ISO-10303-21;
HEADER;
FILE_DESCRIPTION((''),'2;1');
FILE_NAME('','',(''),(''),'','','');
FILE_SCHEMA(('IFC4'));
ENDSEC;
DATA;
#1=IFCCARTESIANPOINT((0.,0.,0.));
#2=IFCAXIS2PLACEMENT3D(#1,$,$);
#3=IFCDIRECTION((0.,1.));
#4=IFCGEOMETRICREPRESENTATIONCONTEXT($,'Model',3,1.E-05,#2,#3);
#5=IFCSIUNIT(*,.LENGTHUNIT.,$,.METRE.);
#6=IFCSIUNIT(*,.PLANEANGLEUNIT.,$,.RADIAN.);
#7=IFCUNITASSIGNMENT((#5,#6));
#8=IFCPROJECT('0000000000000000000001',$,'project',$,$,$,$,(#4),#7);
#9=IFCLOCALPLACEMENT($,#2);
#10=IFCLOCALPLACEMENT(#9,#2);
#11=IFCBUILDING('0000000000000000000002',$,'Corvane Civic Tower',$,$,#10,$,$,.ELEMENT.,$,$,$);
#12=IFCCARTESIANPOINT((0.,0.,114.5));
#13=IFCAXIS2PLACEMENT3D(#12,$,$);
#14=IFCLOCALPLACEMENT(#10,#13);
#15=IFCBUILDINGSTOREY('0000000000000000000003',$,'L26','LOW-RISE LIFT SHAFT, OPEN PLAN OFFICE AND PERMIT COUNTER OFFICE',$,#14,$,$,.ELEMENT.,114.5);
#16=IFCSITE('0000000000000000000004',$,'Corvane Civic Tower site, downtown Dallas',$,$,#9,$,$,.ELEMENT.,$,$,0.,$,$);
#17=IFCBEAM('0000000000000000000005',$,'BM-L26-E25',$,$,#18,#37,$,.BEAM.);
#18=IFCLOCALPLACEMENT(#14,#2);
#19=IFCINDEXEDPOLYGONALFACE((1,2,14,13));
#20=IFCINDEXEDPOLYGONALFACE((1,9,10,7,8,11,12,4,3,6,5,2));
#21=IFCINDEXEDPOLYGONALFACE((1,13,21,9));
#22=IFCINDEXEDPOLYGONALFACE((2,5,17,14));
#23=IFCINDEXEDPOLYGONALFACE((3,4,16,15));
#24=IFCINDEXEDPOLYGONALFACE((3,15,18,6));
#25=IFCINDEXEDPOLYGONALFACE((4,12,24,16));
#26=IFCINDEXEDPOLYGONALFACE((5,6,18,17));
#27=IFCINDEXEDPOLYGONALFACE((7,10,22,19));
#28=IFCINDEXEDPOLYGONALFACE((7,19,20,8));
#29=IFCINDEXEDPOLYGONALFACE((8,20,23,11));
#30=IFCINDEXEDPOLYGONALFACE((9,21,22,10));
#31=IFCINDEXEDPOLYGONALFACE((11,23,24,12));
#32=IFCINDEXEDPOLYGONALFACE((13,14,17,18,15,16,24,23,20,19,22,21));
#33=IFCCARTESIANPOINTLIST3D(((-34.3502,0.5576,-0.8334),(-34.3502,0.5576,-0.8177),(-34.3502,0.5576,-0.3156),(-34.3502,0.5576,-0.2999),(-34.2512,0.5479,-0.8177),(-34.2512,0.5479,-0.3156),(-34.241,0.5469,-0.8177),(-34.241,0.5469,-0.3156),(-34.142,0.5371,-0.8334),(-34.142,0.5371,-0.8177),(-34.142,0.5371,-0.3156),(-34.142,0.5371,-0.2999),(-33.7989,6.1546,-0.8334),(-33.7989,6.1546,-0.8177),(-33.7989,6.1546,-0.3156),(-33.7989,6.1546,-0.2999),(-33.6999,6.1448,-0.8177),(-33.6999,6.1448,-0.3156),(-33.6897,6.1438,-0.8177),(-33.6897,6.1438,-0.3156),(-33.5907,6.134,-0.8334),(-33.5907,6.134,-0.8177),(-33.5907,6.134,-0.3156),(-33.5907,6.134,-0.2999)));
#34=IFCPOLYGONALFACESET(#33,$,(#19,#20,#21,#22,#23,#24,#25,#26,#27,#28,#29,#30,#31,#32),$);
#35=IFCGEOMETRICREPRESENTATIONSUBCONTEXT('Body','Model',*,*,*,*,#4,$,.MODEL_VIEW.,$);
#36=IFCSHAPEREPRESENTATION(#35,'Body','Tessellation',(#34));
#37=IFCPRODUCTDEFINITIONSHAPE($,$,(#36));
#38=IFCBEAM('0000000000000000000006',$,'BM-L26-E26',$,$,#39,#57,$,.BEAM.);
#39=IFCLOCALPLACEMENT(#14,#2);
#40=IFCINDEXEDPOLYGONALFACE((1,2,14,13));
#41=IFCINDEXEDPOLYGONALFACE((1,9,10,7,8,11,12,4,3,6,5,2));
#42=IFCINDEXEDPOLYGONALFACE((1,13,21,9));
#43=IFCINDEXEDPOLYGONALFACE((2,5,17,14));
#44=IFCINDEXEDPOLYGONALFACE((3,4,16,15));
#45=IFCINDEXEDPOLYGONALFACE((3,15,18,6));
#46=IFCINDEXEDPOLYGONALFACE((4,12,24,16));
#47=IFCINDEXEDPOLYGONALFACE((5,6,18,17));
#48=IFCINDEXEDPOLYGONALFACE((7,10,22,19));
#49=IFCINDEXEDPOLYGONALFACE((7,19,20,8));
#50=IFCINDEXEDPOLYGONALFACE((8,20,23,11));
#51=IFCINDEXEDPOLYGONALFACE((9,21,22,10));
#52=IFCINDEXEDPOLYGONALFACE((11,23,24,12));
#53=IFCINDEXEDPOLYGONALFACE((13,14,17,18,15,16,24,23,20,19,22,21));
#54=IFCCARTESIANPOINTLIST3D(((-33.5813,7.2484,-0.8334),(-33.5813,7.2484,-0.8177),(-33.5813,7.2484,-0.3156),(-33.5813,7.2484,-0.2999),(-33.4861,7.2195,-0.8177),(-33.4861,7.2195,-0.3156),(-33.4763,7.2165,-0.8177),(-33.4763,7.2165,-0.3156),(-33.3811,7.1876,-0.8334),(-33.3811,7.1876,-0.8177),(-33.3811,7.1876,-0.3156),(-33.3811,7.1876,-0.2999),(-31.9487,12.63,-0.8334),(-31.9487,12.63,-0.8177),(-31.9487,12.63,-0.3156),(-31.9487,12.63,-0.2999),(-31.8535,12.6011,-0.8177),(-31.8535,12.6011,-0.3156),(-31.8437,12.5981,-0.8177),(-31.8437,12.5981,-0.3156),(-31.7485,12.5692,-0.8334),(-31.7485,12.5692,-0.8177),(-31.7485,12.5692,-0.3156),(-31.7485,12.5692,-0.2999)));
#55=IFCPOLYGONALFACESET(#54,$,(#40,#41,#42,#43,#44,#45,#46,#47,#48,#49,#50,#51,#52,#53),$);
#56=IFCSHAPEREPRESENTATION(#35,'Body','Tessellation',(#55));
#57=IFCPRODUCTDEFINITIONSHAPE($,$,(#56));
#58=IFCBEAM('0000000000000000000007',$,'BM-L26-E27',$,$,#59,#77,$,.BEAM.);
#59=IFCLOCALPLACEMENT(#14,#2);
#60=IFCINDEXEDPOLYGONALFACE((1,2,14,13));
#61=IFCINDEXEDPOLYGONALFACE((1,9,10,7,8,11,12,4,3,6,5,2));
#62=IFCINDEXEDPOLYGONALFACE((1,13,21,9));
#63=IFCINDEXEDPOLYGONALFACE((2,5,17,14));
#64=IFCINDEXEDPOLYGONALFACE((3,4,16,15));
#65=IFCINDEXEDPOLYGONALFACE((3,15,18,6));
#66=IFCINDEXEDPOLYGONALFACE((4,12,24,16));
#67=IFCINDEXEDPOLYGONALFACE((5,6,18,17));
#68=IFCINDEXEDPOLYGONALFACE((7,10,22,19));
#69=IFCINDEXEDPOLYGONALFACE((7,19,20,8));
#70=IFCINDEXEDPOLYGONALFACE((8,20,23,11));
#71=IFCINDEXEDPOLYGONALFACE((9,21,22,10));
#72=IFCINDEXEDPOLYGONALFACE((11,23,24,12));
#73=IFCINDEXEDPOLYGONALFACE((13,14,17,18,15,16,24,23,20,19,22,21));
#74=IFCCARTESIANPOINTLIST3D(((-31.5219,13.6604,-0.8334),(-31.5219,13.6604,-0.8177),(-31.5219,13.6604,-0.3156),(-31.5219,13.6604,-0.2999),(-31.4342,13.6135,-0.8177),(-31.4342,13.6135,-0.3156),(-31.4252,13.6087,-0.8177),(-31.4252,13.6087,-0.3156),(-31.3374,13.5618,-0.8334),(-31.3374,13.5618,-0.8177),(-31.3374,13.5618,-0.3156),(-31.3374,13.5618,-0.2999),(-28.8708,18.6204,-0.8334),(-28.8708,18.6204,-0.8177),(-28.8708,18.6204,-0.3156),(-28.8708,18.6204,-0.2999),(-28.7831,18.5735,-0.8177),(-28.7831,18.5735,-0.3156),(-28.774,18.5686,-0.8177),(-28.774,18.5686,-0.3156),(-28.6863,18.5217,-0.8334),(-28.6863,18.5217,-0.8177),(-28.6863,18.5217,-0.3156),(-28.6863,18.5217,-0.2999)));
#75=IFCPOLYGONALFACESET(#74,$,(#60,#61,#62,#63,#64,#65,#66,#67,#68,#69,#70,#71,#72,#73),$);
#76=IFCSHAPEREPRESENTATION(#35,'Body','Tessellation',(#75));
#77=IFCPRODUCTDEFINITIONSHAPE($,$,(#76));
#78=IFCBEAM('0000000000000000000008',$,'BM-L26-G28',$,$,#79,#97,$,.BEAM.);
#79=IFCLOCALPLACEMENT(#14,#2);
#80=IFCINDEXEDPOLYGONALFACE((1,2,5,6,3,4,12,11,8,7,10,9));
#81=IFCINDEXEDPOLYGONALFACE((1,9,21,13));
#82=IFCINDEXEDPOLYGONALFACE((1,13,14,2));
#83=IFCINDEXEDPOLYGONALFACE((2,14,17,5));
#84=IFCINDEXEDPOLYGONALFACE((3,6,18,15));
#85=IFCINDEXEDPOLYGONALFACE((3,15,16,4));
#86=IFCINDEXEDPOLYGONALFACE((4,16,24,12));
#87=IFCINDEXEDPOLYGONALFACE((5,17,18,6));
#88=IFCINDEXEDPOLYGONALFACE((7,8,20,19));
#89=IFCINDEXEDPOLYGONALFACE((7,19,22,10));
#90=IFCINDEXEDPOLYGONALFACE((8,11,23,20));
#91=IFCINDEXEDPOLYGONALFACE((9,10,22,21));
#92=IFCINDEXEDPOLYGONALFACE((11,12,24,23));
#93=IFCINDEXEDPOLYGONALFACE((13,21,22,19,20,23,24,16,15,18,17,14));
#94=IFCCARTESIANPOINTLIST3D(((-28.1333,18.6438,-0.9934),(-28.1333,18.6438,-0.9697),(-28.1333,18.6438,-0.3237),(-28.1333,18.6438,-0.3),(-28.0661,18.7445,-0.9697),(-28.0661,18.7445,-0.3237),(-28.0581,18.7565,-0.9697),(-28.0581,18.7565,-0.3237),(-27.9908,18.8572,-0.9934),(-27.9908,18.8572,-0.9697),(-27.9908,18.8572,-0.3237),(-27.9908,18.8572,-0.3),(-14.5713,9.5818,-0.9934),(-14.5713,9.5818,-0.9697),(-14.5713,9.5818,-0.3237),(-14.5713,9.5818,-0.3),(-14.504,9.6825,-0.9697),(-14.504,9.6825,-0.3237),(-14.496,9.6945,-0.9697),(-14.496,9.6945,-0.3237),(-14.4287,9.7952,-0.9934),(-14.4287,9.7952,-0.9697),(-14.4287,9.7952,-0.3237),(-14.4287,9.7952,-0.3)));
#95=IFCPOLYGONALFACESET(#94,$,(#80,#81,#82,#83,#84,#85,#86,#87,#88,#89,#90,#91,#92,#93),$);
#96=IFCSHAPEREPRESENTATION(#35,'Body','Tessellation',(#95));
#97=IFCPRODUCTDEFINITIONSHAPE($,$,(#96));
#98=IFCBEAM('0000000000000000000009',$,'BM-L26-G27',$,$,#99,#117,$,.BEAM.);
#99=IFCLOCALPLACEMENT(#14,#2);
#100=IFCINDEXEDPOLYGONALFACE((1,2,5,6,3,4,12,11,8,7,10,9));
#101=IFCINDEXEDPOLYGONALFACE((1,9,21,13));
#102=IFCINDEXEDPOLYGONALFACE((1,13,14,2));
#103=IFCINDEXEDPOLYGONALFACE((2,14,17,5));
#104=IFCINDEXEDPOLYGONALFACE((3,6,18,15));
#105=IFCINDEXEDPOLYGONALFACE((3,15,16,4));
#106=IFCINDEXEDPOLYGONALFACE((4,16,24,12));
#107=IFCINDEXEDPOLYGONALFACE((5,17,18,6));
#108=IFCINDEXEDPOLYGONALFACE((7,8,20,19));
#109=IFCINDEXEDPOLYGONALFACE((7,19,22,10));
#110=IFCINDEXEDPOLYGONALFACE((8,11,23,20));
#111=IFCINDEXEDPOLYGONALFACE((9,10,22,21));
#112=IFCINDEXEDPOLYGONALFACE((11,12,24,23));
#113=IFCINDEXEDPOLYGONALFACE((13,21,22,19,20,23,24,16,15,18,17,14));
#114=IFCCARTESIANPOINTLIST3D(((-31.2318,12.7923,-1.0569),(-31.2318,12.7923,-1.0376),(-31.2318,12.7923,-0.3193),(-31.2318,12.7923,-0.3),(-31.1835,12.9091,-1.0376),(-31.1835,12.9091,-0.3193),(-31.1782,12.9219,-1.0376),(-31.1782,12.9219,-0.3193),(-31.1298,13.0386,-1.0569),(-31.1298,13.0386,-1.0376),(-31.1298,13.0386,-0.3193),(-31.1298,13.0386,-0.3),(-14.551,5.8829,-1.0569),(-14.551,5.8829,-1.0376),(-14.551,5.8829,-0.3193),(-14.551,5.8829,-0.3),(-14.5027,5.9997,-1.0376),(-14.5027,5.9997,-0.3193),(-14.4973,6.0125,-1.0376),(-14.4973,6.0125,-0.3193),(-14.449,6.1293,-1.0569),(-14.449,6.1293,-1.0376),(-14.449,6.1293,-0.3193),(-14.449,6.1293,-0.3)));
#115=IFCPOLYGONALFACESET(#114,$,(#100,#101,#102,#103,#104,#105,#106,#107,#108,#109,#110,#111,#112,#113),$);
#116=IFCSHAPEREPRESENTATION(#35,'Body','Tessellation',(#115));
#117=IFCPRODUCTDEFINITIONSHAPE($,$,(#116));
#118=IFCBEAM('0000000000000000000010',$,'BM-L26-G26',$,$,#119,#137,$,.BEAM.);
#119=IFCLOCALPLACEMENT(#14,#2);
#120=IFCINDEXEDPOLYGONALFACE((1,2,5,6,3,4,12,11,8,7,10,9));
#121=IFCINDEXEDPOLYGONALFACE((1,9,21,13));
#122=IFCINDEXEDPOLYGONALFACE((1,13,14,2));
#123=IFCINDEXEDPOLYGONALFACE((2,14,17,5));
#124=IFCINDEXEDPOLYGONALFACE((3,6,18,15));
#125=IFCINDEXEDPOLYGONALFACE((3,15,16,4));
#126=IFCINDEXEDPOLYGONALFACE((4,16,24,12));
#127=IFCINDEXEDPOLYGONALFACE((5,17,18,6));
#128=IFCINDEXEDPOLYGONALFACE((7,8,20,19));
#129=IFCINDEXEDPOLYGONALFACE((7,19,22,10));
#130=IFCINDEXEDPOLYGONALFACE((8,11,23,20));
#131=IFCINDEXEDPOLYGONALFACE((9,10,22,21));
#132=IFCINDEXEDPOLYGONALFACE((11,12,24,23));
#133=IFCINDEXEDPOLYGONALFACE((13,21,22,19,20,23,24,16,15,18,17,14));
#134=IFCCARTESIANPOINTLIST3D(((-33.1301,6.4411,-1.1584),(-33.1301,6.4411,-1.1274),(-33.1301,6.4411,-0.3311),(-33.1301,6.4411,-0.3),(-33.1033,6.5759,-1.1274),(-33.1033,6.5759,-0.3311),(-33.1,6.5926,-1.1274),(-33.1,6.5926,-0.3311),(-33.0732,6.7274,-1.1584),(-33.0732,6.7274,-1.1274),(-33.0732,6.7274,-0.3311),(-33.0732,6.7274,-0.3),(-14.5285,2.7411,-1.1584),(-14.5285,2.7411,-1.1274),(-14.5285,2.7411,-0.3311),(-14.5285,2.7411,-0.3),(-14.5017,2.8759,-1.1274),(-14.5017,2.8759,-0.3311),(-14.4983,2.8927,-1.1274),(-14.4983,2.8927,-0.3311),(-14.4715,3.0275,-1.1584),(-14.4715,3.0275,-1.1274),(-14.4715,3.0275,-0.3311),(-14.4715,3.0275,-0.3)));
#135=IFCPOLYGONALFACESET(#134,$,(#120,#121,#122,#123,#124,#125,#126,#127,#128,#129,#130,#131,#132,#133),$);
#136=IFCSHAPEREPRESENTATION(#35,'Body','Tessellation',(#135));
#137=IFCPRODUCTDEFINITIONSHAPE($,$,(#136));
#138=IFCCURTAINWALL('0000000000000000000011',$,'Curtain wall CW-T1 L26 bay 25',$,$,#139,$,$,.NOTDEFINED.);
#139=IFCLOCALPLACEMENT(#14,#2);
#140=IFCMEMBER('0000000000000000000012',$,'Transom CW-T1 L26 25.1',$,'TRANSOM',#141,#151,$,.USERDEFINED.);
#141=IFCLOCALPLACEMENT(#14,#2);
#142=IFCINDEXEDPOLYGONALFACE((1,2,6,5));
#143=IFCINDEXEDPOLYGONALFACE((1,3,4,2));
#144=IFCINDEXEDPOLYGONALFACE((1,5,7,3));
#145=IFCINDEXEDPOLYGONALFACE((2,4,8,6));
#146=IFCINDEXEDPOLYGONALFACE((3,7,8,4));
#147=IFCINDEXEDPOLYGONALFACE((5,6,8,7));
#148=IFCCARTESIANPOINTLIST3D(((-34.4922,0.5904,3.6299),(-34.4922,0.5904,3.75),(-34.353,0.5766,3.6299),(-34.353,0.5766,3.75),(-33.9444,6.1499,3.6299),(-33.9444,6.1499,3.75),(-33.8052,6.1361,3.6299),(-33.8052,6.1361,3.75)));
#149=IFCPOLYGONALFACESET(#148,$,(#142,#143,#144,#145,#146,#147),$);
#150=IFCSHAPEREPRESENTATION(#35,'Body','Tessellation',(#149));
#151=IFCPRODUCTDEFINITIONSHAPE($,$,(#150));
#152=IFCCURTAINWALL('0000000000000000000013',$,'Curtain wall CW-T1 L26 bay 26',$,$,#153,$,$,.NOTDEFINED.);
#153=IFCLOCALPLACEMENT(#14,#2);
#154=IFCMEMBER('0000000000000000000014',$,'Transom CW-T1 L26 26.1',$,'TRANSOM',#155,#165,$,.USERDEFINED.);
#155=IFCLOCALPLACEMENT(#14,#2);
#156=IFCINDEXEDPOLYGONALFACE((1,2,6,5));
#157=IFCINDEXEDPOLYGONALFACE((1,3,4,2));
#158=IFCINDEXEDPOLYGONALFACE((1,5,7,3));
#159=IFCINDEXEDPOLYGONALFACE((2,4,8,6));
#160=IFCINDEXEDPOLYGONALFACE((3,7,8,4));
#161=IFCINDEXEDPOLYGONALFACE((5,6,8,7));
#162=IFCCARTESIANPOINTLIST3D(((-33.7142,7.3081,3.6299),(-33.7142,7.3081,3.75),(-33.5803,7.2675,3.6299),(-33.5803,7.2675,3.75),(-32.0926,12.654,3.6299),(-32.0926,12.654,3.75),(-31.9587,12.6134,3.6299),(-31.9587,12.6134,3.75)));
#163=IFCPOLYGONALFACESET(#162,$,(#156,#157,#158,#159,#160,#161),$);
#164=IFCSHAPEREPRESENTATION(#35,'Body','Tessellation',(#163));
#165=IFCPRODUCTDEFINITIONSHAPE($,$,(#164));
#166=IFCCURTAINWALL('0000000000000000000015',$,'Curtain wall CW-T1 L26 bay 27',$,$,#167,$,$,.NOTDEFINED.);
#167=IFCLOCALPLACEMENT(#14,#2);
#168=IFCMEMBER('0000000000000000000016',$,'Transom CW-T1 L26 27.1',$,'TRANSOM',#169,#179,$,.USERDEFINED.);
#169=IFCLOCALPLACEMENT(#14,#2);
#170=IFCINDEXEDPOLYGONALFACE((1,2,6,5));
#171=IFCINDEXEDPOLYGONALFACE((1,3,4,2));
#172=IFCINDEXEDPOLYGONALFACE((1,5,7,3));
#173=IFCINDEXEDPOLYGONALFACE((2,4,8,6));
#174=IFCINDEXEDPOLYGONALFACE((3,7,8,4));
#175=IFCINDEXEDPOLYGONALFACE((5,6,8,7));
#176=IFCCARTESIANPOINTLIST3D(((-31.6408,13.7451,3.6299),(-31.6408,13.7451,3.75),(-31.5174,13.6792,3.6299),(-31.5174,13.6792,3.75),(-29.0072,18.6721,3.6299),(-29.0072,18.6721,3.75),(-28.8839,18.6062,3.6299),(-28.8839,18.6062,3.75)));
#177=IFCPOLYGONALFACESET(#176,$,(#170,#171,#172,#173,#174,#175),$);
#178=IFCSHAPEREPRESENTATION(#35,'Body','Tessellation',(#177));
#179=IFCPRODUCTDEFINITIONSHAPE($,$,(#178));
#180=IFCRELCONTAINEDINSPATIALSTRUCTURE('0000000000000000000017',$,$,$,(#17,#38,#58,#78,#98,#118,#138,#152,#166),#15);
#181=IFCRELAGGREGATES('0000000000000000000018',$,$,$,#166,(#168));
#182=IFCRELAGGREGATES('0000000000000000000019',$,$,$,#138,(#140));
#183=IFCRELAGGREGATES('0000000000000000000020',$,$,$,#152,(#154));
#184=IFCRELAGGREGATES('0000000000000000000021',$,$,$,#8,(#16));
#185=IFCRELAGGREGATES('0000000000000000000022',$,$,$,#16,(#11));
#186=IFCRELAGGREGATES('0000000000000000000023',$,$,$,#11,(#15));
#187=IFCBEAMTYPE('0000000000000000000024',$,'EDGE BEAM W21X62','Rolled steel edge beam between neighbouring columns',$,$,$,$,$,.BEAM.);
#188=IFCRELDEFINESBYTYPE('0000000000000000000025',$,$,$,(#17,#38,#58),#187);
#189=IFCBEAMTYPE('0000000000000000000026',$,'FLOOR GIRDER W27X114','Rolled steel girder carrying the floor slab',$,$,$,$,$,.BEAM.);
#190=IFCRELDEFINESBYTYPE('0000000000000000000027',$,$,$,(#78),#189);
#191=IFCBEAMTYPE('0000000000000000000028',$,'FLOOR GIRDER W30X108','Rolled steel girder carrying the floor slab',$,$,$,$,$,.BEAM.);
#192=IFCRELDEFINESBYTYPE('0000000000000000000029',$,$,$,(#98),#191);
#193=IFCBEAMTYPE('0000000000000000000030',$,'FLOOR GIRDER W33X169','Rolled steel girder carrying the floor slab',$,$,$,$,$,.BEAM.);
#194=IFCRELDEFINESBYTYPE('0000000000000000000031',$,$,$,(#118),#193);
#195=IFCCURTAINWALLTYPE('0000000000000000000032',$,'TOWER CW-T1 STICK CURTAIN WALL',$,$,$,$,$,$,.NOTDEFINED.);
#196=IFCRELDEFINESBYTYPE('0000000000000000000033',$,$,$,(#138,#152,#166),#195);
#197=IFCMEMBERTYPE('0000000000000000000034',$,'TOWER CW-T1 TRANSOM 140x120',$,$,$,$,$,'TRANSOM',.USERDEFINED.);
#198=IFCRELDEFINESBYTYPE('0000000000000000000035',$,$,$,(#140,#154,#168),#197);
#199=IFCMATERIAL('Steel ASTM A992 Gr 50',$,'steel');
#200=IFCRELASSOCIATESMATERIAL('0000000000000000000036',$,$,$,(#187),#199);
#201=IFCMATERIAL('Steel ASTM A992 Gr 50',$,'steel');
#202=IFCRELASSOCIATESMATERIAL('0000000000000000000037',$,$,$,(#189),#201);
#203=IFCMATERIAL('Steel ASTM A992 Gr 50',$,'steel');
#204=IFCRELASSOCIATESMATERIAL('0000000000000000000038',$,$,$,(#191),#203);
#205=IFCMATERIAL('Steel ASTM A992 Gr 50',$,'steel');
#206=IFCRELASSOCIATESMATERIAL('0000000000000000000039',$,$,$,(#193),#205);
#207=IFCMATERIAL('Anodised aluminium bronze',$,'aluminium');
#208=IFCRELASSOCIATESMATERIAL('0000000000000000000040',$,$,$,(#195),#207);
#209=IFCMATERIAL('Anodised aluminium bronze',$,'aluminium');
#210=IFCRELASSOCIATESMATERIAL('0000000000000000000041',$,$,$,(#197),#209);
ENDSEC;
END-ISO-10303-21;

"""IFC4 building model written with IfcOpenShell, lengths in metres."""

from ifc_helpers import new_model, si_unit, direction, frame, origin, origin_2d, place, context, subcontext, project, spatial, rectangle, i_section, extrude, material, material_profile, profile_set, type_object, element, aggregate, save


model = new_model("IFC4")

# Units and contexts
model_context = context("Model", 3, precision=1e-05, world=origin(), true_north=direction((0.0, 1.0)))
body_context = subcontext(model_context, "Body", "Model", "MODEL_VIEW")
ifc_project = project(units=[si_unit("LENGTHUNIT", "METRE"), si_unit("PLANEANGLEUNIT", "RADIAN")], contexts=[model_context])

# Site, building, storey
site_placement = place(None, origin())
site = spatial("IfcSite", under=ifc_project, at=site_placement, Name="Corvane Civic Tower site, downtown Dallas", CompositionType="ELEMENT", RefElevation=0.0)
building_placement = place(site_placement, origin())
building = spatial("IfcBuilding", under=site, at=building_placement, Name="Corvane Civic Tower", CompositionType="ELEMENT")
storey_placement = place(building_placement, frame((0.0, 0.0, 114.5)))
storey = spatial("IfcBuildingStorey", under=building, at=storey_placement, Name="L26", Description="LOW-RISE LIFT SHAFT, OPEN PLAN OFFICE AND PERMIT COUNTER OFFICE", CompositionType="ELEMENT", Elevation=114.5)

# Beams
ifc_material_1 = material(Name="Steel ASTM A992 Gr 50", Category="steel")
ifc_material_profile_1 = material_profile(ifc_material_1, i_section(OverallWidth=0.2092, OverallDepth=0.5334, WebThickness=0.0103, FlangeThickness=0.0156, at=origin_2d()), Name="W21X62")
ifc_profile_set_1 = profile_set([ifc_material_profile_1], Name="Steel ASTM A992 Gr 50")
beam_type_1 = type_object("IfcBeamType", Name="EDGE BEAM W21X62", Description="Rolled steel edge beam between neighbouring columns", PredefinedType="BEAM", material=ifc_profile_set_1)
beam_1_placement = place(storey_placement, frame((-34.2461, 0.5474, -0.5667), z_axis=(0.098021, 0.995184, 0.0), x_axis=(-0.995184, 0.098021, 0.0)))
element("IfcBeam", 1, at=beam_1_placement, inside=storey, type_object=beam_type_1, Name="BM-L26-E25", PredefinedType="BEAM", context=body_context, shape_type="SweptSolid", body=[
    extrude(i_section(OverallWidth=0.2092, OverallDepth=0.5334, WebThickness=0.0103, FlangeThickness=0.0156, at=origin_2d()), origin(), (0.0, 0.0, 1.0), 5.624),
])
beam_2_placement = place(storey_placement, frame((-33.4812, 7.218, -0.5667), z_axis=(0.290298, 0.956936, 0.0), x_axis=(-0.956936, 0.290298, 0.0)))
element("IfcBeam", 2, at=beam_2_placement, inside=storey, type_object=beam_type_1, Name="BM-L26-E26", PredefinedType="BEAM", context=body_context, shape_type="SweptSolid", body=[
    extrude(i_section(OverallWidth=0.2092, OverallDepth=0.5334, WebThickness=0.0103, FlangeThickness=0.0156, at=origin_2d()), origin(), (0.0, 0.0, 1.0), 5.6238),
])
beam_3_placement = place(storey_placement, frame((-31.4297, 13.6111, -0.5667), z_axis=(0.471392, 0.881924, 0.0), x_axis=(-0.881924, 0.471392, 0.0)))
element("IfcBeam", 3, at=beam_3_placement, inside=storey, type_object=beam_type_1, Name="BM-L26-E27", PredefinedType="BEAM", context=body_context, shape_type="SweptSolid", body=[
    extrude(i_section(OverallWidth=0.2092, OverallDepth=0.5334, WebThickness=0.0103, FlangeThickness=0.0156, at=origin_2d()), origin(), (0.0, 0.0, 1.0), 5.624),
])
ifc_material_2 = material(Name="Steel ASTM A992 Gr 50", Category="steel")
ifc_material_profile_2 = material_profile(ifc_material_2, i_section(OverallWidth=0.2566, OverallDepth=0.6934, WebThickness=0.0144, FlangeThickness=0.0237, at=origin_2d()), Name="W27X114")
ifc_profile_set_2 = profile_set([ifc_material_profile_2], Name="Steel ASTM A992 Gr 50")
beam_type_2 = type_object("IfcBeamType", Name="FLOOR GIRDER W27X114", Description="Rolled steel girder carrying the floor slab", PredefinedType="BEAM", material=ifc_profile_set_2)
beam_4_placement = place(storey_placement, frame((-14.5, 9.6885, -0.6467), z_axis=(-0.831465, 0.555577, 0.0), x_axis=(-0.555577, -0.831465, 0.0)))
element("IfcBeam", 4, at=beam_4_placement, inside=storey, type_object=beam_type_2, Name="BM-L26-G28", PredefinedType="BEAM", context=body_context, shape_type="SweptSolid", body=[
    extrude(i_section(OverallWidth=0.2566, OverallDepth=0.6934, WebThickness=0.0144, FlangeThickness=0.0237, at=origin_2d()), origin(), (0.0, 0.0, 1.0), 16.311),
])
ifc_material_3 = material(Name="Steel ASTM A992 Gr 50", Category="steel")
ifc_material_profile_3 = material_profile(ifc_material_3, i_section(OverallWidth=0.2666, OverallDepth=0.7568, WebThickness=0.0139, FlangeThickness=0.0193, at=origin_2d()), Name="W30X108")
ifc_profile_set_3 = profile_set([ifc_material_profile_3], Name="Steel ASTM A992 Gr 50")
beam_type_3 = type_object("IfcBeamType", Name="FLOOR GIRDER W30X108", Description="Rolled steel girder carrying the floor slab", PredefinedType="BEAM", material=ifc_profile_set_3)
beam_5_placement = place(storey_placement, frame((-14.5, 6.0061, -0.6785), z_axis=(-0.92388, 0.382682, 0.0), x_axis=(-0.382682, -0.92388, 0.0)))
element("IfcBeam", 5, at=beam_5_placement, inside=storey, type_object=beam_type_3, Name="BM-L26-G27", PredefinedType="BEAM", context=body_context, shape_type="SweptSolid", body=[
    extrude(i_section(OverallWidth=0.2666, OverallDepth=0.7568, WebThickness=0.0139, FlangeThickness=0.0193, at=origin_2d()), origin(), (0.0, 0.0, 1.0), 18.0552),
])
ifc_material_4 = material(Name="Steel ASTM A992 Gr 50", Category="steel")
ifc_material_profile_4 = material_profile(ifc_material_4, i_section(OverallWidth=0.292, OverallDepth=0.8584, WebThickness=0.0171, FlangeThickness=0.031, at=origin_2d()), Name="W33X169")
ifc_profile_set_4 = profile_set([ifc_material_profile_4], Name="Steel ASTM A992 Gr 50")
beam_type_4 = type_object("IfcBeamType", Name="FLOOR GIRDER W33X169", Description="Rolled steel girder carrying the floor slab", PredefinedType="BEAM", material=ifc_profile_set_4)
beam_6_placement = place(storey_placement, frame((-14.5, 2.8843, -0.7292), z_axis=(-0.980787, 0.195084, 0.0), x_axis=(-0.195084, -0.980787, 0.0)))
element("IfcBeam", 6, at=beam_6_placement, inside=storey, type_object=beam_type_4, Name="BM-L26-G26", PredefinedType="BEAM", context=body_context, shape_type="SweptSolid", body=[
    extrude(i_section(OverallWidth=0.292, OverallDepth=0.8584, WebThickness=0.0171, FlangeThickness=0.031, at=origin_2d()), origin(), (0.0, 0.0, 1.0), 18.9661),
])

# Curtain walls, members
ifc_material_5 = material(Name="Anodised aluminium bronze", Category="aluminium")
curtain_wall_type = type_object("IfcCurtainWallType", Name="TOWER CW-T1 STICK CURTAIN WALL", PredefinedType="NOTDEFINED", material=ifc_material_5)
curtain_wall_1_placement = place(storey_placement, origin())
curtain_wall_1 = element("IfcCurtainWall", 7, at=curtain_wall_1_placement, inside=storey, type_object=curtain_wall_type, Name="Curtain wall CW-T1 L26 bay 25", PredefinedType="NOTDEFINED")
ifc_material_6 = material(Name="Anodised aluminium bronze", Category="aluminium")
ifc_material_profile_5 = material_profile(ifc_material_6, rectangle(XDim=0.1399, YDim=0.1201, at=origin_2d()), Name="TOWER CW-T1 TRANSOM 140x120")
ifc_profile_set_5 = profile_set([ifc_material_profile_5], Name="Anodised aluminium bronze")
member_type = type_object("IfcMemberType", Name="TOWER CW-T1 TRANSOM 140x120", ElementType="TRANSOM", PredefinedType="USERDEFINED", material=ifc_profile_set_5)
member_1_placement = place(storey_placement, frame((-34.4226, 0.5835, 3.6899), z_axis=(0.098067, 0.99518, 0.0), x_axis=(-0.99518, 0.098067, 0.0)))
member_1 = element("IfcMember", 8, at=member_1_placement, type_object=member_type, Name="Transom CW-T1 L26 25.1", ObjectType="TRANSOM", PredefinedType="USERDEFINED", context=body_context, shape_type="SweptSolid", body=[
    extrude(rectangle(XDim=0.1399, YDim=0.1201, at=origin_2d()), origin(), (0.0, 0.0, 1.0), 5.5864),
])
curtain_wall_2_placement = place(storey_placement, origin())
curtain_wall_2 = element("IfcCurtainWall", 9, at=curtain_wall_2_placement, inside=storey, type_object=curtain_wall_type, Name="Curtain wall CW-T1 L26 bay 26", PredefinedType="NOTDEFINED")
member_2_placement = place(storey_placement, frame((-33.6472, 7.2878, 3.6899), z_axis=(0.290269, 0.956945, 0.0), x_axis=(-0.956945, 0.290269, 0.0)))
member_2 = element("IfcMember", 10, at=member_2_placement, type_object=member_type, Name="Transom CW-T1 L26 26.1", ObjectType="TRANSOM", PredefinedType="USERDEFINED", context=body_context, shape_type="SweptSolid", body=[
    extrude(rectangle(XDim=0.1399, YDim=0.1201, at=origin_2d()), origin(), (0.0, 0.0, 1.0), 5.5864),
])
curtain_wall_3_placement = place(storey_placement, origin())
curtain_wall_3 = element("IfcCurtainWall", 11, at=curtain_wall_3_placement, inside=storey, type_object=curtain_wall_type, Name="Curtain wall CW-T1 L26 bay 27", PredefinedType="NOTDEFINED")
member_3_placement = place(storey_placement, frame((-31.5791, 13.7122, 3.6899), z_axis=(0.471398, 0.881921, 0.0), x_axis=(-0.881921, 0.471398, 0.0)))
member_3 = element("IfcMember", 12, at=member_3_placement, type_object=member_type, Name="Transom CW-T1 L26 27.1", ObjectType="TRANSOM", PredefinedType="USERDEFINED", context=body_context, shape_type="SweptSolid", body=[
    extrude(rectangle(XDim=0.1399, YDim=0.1201, at=origin_2d()), origin(), (0.0, 0.0, 1.0), 5.5867),
])
aggregate(curtain_wall_3, [member_3])

aggregate(curtain_wall_1, [member_1])
aggregate(curtain_wall_2, [member_2])

save(model, "model.ifc")
